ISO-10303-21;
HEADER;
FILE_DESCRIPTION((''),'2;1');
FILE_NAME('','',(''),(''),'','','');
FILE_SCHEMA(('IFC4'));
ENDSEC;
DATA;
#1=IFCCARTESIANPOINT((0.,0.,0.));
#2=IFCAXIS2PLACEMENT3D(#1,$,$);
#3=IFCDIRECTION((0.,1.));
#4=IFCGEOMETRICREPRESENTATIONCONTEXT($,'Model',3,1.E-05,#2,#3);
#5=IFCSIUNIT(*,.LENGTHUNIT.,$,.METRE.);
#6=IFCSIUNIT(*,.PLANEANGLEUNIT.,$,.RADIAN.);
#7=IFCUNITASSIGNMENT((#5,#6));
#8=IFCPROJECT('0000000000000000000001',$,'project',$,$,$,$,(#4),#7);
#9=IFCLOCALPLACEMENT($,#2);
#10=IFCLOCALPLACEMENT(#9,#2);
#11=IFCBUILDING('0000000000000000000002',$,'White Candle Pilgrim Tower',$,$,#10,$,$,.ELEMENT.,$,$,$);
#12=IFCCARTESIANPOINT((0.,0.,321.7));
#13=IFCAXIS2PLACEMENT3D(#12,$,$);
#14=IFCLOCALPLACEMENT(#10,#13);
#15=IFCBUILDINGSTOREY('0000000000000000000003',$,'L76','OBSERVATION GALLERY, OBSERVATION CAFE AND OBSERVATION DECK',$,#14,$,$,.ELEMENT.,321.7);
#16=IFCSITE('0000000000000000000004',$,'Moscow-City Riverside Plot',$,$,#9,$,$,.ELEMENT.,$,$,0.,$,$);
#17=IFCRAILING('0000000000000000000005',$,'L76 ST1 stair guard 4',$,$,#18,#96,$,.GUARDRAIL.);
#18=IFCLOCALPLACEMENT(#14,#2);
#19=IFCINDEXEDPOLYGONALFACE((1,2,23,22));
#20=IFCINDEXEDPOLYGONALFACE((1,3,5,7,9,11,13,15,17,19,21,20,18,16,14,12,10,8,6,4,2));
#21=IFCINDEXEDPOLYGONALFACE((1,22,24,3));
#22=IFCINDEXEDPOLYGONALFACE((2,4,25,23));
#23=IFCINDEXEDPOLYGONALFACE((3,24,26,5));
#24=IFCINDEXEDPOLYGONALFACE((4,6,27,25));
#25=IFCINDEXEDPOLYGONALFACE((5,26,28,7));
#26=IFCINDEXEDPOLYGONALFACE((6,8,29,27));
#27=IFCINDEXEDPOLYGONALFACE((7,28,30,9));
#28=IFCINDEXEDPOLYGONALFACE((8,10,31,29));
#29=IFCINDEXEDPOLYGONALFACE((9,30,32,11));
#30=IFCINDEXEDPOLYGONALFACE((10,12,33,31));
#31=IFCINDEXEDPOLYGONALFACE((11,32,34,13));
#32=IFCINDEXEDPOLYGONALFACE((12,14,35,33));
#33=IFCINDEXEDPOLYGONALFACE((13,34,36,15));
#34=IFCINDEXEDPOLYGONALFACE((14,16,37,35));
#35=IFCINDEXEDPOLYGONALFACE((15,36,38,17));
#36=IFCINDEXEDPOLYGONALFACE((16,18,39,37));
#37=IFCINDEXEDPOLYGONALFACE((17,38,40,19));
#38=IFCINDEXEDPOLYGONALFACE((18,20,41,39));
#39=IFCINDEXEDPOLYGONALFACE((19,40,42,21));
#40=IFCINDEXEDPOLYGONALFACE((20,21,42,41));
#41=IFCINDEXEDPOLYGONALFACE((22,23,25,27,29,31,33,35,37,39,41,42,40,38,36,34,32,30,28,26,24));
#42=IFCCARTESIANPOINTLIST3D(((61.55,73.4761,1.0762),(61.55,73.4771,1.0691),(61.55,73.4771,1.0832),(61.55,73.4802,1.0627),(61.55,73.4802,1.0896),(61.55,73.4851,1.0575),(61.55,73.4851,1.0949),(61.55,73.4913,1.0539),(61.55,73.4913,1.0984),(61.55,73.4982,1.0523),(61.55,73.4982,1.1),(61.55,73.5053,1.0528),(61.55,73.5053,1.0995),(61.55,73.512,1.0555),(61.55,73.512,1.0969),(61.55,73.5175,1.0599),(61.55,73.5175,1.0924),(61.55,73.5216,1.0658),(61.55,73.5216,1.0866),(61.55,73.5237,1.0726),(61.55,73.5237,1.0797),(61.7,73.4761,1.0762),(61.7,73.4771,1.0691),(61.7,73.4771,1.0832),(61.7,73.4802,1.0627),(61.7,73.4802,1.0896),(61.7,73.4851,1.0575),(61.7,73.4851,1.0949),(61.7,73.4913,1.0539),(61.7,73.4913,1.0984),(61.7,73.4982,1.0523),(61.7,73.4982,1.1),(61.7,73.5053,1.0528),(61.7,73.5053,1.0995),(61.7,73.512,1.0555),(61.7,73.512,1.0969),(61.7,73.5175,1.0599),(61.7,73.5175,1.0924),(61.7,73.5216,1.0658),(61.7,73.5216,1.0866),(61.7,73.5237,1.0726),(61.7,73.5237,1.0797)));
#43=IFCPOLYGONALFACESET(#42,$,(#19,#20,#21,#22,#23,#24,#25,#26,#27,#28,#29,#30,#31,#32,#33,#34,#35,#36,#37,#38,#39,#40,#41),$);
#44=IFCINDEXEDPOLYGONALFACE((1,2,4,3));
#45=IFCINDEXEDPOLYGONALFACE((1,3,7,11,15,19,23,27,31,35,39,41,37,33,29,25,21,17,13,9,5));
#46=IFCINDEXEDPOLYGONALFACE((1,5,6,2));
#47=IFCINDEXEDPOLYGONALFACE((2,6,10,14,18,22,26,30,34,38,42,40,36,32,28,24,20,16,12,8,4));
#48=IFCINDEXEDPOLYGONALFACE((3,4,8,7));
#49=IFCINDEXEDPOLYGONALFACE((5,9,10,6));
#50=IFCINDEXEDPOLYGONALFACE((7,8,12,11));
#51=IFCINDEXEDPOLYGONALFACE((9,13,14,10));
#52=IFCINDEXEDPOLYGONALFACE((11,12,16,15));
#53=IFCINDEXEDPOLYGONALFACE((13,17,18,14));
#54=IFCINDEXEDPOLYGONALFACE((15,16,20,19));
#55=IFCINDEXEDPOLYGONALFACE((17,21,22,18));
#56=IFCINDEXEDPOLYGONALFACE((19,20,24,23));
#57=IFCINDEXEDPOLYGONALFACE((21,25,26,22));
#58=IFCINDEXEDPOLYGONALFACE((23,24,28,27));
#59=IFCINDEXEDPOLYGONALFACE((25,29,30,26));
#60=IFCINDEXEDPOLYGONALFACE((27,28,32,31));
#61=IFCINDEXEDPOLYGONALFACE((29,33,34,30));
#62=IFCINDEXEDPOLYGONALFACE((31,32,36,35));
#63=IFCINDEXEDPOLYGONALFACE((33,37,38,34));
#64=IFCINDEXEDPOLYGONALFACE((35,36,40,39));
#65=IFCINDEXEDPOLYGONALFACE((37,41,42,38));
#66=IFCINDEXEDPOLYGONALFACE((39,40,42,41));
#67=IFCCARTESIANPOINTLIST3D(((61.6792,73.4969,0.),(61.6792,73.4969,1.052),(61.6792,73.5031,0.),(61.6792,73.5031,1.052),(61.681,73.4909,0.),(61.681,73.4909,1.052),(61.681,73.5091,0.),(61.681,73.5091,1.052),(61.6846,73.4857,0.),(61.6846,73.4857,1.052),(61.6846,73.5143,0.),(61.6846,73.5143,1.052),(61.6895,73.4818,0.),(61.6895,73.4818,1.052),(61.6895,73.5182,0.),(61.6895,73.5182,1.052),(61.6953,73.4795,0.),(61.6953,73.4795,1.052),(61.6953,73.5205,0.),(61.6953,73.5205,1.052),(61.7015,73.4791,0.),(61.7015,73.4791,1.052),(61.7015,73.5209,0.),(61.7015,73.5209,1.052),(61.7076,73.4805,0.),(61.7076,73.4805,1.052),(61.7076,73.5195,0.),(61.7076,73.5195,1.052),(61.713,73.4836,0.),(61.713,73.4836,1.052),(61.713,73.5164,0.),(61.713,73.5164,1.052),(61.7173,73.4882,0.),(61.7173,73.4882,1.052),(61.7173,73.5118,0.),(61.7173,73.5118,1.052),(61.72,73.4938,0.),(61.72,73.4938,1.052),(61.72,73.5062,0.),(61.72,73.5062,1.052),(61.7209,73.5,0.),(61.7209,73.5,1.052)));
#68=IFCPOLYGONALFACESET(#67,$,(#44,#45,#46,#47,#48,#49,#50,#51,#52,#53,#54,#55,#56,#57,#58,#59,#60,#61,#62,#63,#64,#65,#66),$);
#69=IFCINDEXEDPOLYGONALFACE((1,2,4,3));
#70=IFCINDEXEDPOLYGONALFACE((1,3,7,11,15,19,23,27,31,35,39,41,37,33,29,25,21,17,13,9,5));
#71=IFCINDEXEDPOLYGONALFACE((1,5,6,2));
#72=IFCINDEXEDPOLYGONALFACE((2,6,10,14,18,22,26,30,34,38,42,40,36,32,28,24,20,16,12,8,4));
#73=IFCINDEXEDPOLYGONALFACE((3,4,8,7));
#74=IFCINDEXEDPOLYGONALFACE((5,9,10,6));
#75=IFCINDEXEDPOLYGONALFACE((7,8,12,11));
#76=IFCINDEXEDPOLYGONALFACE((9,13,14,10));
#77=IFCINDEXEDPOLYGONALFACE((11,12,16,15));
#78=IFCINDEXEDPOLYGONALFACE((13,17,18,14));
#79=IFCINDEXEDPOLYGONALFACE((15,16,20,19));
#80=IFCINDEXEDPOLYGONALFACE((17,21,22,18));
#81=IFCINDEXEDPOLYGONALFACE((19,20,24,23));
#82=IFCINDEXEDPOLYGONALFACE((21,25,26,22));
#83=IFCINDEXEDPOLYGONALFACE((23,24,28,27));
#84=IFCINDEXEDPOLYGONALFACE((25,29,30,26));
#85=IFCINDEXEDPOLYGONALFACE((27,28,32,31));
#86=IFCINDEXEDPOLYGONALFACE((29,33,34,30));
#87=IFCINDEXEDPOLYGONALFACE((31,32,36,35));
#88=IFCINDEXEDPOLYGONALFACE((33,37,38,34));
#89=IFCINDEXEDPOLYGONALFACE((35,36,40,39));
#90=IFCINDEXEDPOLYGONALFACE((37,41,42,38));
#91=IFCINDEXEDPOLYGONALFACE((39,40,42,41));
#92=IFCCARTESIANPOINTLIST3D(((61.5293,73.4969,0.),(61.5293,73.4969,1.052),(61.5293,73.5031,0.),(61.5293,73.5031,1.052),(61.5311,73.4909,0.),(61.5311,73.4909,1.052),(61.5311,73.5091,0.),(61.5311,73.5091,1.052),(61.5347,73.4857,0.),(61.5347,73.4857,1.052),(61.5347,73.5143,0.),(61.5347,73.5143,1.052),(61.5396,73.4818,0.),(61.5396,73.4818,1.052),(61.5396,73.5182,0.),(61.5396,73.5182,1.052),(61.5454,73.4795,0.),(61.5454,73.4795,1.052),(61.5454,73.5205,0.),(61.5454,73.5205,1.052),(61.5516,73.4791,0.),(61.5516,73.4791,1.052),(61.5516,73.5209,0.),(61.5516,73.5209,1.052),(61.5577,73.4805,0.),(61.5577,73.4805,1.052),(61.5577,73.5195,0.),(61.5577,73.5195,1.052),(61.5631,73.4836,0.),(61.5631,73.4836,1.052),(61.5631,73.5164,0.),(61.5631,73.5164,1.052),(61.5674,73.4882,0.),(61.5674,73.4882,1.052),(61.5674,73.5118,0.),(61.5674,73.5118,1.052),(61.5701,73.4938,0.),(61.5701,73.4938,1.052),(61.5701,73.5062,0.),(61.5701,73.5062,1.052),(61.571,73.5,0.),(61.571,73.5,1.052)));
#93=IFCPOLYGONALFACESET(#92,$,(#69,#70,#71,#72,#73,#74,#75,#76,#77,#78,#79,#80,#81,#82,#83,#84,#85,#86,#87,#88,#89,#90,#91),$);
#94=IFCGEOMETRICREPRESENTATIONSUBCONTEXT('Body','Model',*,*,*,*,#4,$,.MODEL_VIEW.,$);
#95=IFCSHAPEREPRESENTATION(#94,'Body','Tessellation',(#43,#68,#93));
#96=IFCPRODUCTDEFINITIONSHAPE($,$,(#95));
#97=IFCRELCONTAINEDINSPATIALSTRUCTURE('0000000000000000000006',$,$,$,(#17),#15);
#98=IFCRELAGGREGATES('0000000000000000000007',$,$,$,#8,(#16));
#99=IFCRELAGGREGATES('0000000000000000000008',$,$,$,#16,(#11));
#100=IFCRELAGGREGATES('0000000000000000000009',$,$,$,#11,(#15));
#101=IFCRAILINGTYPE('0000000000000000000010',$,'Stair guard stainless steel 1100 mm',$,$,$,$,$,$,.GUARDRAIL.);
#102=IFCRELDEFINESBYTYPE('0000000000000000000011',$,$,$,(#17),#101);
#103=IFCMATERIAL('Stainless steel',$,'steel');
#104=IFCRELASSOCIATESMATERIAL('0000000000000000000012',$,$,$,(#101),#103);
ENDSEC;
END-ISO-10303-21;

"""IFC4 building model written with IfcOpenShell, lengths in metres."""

from ifc_helpers import new_model, si_unit, direction, frame, origin, origin_2d, place, context, subcontext, project, spatial, circle, extrude, material, type_object, element, save


model = new_model("IFC4")

# Units and contexts
model_context = context("Model", 3, precision=1e-05, world=origin(), true_north=direction((0.0, 1.0)))
body_context = subcontext(model_context, "Body", "Model", "MODEL_VIEW")
ifc_project = project(units=[si_unit("LENGTHUNIT", "METRE"), si_unit("PLANEANGLEUNIT", "RADIAN")], contexts=[model_context])

# Site, building, storey
site_placement = place(None, origin())
site = spatial("IfcSite", under=ifc_project, at=site_placement, Name="Moscow-City Riverside Plot", CompositionType="ELEMENT", RefElevation=0.0)
building_placement = place(site_placement, origin())
building = spatial("IfcBuilding", under=site, at=building_placement, Name="White Candle Pilgrim Tower", CompositionType="ELEMENT")
storey_placement = place(building_placement, frame((0.0, 0.0, 321.7)))
storey = spatial("IfcBuildingStorey", under=building, at=storey_placement, Name="L76", Description="OBSERVATION GALLERY, OBSERVATION CAFE AND OBSERVATION DECK", CompositionType="ELEMENT", Elevation=321.7)

# Railing
ifc_material_1 = material(Name="Stainless steel", Category="steel")
railing_type_1 = type_object("IfcRailingType", Name="Stair guard stainless steel 1100 mm", PredefinedType="GUARDRAIL", material=ifc_material_1)
railing_1_placement = place(storey_placement, frame((61.7, 73.5, 0.0)))
element("IfcRailing", 1, at=railing_1_placement, inside=storey, type_object=railing_type_1, Name="L76 ST1 stair guard 4", PredefinedType="GUARDRAIL", context=body_context, shape_type="SweptSolid", body=[
    extrude(circle(Radius=0.0239, at=origin_2d()), frame((0.0, 0.0, 1.0762), z_axis=(-1.0, 0.0, 0.0), x_axis=(0.0, -1.0, 0.0)), (0.0, 0.0, 1.0), 0.1499),
    extrude(circle(Radius=0.021, at=origin_2d()), origin(), (0.0, 0.0, 1.0), 1.052),
    extrude(circle(Radius=0.021, at=origin_2d()), frame((-0.1499, 0.0, 0.0)), (0.0, 0.0, 1.0), 1.052),
])

save(model, "model.ifc")
